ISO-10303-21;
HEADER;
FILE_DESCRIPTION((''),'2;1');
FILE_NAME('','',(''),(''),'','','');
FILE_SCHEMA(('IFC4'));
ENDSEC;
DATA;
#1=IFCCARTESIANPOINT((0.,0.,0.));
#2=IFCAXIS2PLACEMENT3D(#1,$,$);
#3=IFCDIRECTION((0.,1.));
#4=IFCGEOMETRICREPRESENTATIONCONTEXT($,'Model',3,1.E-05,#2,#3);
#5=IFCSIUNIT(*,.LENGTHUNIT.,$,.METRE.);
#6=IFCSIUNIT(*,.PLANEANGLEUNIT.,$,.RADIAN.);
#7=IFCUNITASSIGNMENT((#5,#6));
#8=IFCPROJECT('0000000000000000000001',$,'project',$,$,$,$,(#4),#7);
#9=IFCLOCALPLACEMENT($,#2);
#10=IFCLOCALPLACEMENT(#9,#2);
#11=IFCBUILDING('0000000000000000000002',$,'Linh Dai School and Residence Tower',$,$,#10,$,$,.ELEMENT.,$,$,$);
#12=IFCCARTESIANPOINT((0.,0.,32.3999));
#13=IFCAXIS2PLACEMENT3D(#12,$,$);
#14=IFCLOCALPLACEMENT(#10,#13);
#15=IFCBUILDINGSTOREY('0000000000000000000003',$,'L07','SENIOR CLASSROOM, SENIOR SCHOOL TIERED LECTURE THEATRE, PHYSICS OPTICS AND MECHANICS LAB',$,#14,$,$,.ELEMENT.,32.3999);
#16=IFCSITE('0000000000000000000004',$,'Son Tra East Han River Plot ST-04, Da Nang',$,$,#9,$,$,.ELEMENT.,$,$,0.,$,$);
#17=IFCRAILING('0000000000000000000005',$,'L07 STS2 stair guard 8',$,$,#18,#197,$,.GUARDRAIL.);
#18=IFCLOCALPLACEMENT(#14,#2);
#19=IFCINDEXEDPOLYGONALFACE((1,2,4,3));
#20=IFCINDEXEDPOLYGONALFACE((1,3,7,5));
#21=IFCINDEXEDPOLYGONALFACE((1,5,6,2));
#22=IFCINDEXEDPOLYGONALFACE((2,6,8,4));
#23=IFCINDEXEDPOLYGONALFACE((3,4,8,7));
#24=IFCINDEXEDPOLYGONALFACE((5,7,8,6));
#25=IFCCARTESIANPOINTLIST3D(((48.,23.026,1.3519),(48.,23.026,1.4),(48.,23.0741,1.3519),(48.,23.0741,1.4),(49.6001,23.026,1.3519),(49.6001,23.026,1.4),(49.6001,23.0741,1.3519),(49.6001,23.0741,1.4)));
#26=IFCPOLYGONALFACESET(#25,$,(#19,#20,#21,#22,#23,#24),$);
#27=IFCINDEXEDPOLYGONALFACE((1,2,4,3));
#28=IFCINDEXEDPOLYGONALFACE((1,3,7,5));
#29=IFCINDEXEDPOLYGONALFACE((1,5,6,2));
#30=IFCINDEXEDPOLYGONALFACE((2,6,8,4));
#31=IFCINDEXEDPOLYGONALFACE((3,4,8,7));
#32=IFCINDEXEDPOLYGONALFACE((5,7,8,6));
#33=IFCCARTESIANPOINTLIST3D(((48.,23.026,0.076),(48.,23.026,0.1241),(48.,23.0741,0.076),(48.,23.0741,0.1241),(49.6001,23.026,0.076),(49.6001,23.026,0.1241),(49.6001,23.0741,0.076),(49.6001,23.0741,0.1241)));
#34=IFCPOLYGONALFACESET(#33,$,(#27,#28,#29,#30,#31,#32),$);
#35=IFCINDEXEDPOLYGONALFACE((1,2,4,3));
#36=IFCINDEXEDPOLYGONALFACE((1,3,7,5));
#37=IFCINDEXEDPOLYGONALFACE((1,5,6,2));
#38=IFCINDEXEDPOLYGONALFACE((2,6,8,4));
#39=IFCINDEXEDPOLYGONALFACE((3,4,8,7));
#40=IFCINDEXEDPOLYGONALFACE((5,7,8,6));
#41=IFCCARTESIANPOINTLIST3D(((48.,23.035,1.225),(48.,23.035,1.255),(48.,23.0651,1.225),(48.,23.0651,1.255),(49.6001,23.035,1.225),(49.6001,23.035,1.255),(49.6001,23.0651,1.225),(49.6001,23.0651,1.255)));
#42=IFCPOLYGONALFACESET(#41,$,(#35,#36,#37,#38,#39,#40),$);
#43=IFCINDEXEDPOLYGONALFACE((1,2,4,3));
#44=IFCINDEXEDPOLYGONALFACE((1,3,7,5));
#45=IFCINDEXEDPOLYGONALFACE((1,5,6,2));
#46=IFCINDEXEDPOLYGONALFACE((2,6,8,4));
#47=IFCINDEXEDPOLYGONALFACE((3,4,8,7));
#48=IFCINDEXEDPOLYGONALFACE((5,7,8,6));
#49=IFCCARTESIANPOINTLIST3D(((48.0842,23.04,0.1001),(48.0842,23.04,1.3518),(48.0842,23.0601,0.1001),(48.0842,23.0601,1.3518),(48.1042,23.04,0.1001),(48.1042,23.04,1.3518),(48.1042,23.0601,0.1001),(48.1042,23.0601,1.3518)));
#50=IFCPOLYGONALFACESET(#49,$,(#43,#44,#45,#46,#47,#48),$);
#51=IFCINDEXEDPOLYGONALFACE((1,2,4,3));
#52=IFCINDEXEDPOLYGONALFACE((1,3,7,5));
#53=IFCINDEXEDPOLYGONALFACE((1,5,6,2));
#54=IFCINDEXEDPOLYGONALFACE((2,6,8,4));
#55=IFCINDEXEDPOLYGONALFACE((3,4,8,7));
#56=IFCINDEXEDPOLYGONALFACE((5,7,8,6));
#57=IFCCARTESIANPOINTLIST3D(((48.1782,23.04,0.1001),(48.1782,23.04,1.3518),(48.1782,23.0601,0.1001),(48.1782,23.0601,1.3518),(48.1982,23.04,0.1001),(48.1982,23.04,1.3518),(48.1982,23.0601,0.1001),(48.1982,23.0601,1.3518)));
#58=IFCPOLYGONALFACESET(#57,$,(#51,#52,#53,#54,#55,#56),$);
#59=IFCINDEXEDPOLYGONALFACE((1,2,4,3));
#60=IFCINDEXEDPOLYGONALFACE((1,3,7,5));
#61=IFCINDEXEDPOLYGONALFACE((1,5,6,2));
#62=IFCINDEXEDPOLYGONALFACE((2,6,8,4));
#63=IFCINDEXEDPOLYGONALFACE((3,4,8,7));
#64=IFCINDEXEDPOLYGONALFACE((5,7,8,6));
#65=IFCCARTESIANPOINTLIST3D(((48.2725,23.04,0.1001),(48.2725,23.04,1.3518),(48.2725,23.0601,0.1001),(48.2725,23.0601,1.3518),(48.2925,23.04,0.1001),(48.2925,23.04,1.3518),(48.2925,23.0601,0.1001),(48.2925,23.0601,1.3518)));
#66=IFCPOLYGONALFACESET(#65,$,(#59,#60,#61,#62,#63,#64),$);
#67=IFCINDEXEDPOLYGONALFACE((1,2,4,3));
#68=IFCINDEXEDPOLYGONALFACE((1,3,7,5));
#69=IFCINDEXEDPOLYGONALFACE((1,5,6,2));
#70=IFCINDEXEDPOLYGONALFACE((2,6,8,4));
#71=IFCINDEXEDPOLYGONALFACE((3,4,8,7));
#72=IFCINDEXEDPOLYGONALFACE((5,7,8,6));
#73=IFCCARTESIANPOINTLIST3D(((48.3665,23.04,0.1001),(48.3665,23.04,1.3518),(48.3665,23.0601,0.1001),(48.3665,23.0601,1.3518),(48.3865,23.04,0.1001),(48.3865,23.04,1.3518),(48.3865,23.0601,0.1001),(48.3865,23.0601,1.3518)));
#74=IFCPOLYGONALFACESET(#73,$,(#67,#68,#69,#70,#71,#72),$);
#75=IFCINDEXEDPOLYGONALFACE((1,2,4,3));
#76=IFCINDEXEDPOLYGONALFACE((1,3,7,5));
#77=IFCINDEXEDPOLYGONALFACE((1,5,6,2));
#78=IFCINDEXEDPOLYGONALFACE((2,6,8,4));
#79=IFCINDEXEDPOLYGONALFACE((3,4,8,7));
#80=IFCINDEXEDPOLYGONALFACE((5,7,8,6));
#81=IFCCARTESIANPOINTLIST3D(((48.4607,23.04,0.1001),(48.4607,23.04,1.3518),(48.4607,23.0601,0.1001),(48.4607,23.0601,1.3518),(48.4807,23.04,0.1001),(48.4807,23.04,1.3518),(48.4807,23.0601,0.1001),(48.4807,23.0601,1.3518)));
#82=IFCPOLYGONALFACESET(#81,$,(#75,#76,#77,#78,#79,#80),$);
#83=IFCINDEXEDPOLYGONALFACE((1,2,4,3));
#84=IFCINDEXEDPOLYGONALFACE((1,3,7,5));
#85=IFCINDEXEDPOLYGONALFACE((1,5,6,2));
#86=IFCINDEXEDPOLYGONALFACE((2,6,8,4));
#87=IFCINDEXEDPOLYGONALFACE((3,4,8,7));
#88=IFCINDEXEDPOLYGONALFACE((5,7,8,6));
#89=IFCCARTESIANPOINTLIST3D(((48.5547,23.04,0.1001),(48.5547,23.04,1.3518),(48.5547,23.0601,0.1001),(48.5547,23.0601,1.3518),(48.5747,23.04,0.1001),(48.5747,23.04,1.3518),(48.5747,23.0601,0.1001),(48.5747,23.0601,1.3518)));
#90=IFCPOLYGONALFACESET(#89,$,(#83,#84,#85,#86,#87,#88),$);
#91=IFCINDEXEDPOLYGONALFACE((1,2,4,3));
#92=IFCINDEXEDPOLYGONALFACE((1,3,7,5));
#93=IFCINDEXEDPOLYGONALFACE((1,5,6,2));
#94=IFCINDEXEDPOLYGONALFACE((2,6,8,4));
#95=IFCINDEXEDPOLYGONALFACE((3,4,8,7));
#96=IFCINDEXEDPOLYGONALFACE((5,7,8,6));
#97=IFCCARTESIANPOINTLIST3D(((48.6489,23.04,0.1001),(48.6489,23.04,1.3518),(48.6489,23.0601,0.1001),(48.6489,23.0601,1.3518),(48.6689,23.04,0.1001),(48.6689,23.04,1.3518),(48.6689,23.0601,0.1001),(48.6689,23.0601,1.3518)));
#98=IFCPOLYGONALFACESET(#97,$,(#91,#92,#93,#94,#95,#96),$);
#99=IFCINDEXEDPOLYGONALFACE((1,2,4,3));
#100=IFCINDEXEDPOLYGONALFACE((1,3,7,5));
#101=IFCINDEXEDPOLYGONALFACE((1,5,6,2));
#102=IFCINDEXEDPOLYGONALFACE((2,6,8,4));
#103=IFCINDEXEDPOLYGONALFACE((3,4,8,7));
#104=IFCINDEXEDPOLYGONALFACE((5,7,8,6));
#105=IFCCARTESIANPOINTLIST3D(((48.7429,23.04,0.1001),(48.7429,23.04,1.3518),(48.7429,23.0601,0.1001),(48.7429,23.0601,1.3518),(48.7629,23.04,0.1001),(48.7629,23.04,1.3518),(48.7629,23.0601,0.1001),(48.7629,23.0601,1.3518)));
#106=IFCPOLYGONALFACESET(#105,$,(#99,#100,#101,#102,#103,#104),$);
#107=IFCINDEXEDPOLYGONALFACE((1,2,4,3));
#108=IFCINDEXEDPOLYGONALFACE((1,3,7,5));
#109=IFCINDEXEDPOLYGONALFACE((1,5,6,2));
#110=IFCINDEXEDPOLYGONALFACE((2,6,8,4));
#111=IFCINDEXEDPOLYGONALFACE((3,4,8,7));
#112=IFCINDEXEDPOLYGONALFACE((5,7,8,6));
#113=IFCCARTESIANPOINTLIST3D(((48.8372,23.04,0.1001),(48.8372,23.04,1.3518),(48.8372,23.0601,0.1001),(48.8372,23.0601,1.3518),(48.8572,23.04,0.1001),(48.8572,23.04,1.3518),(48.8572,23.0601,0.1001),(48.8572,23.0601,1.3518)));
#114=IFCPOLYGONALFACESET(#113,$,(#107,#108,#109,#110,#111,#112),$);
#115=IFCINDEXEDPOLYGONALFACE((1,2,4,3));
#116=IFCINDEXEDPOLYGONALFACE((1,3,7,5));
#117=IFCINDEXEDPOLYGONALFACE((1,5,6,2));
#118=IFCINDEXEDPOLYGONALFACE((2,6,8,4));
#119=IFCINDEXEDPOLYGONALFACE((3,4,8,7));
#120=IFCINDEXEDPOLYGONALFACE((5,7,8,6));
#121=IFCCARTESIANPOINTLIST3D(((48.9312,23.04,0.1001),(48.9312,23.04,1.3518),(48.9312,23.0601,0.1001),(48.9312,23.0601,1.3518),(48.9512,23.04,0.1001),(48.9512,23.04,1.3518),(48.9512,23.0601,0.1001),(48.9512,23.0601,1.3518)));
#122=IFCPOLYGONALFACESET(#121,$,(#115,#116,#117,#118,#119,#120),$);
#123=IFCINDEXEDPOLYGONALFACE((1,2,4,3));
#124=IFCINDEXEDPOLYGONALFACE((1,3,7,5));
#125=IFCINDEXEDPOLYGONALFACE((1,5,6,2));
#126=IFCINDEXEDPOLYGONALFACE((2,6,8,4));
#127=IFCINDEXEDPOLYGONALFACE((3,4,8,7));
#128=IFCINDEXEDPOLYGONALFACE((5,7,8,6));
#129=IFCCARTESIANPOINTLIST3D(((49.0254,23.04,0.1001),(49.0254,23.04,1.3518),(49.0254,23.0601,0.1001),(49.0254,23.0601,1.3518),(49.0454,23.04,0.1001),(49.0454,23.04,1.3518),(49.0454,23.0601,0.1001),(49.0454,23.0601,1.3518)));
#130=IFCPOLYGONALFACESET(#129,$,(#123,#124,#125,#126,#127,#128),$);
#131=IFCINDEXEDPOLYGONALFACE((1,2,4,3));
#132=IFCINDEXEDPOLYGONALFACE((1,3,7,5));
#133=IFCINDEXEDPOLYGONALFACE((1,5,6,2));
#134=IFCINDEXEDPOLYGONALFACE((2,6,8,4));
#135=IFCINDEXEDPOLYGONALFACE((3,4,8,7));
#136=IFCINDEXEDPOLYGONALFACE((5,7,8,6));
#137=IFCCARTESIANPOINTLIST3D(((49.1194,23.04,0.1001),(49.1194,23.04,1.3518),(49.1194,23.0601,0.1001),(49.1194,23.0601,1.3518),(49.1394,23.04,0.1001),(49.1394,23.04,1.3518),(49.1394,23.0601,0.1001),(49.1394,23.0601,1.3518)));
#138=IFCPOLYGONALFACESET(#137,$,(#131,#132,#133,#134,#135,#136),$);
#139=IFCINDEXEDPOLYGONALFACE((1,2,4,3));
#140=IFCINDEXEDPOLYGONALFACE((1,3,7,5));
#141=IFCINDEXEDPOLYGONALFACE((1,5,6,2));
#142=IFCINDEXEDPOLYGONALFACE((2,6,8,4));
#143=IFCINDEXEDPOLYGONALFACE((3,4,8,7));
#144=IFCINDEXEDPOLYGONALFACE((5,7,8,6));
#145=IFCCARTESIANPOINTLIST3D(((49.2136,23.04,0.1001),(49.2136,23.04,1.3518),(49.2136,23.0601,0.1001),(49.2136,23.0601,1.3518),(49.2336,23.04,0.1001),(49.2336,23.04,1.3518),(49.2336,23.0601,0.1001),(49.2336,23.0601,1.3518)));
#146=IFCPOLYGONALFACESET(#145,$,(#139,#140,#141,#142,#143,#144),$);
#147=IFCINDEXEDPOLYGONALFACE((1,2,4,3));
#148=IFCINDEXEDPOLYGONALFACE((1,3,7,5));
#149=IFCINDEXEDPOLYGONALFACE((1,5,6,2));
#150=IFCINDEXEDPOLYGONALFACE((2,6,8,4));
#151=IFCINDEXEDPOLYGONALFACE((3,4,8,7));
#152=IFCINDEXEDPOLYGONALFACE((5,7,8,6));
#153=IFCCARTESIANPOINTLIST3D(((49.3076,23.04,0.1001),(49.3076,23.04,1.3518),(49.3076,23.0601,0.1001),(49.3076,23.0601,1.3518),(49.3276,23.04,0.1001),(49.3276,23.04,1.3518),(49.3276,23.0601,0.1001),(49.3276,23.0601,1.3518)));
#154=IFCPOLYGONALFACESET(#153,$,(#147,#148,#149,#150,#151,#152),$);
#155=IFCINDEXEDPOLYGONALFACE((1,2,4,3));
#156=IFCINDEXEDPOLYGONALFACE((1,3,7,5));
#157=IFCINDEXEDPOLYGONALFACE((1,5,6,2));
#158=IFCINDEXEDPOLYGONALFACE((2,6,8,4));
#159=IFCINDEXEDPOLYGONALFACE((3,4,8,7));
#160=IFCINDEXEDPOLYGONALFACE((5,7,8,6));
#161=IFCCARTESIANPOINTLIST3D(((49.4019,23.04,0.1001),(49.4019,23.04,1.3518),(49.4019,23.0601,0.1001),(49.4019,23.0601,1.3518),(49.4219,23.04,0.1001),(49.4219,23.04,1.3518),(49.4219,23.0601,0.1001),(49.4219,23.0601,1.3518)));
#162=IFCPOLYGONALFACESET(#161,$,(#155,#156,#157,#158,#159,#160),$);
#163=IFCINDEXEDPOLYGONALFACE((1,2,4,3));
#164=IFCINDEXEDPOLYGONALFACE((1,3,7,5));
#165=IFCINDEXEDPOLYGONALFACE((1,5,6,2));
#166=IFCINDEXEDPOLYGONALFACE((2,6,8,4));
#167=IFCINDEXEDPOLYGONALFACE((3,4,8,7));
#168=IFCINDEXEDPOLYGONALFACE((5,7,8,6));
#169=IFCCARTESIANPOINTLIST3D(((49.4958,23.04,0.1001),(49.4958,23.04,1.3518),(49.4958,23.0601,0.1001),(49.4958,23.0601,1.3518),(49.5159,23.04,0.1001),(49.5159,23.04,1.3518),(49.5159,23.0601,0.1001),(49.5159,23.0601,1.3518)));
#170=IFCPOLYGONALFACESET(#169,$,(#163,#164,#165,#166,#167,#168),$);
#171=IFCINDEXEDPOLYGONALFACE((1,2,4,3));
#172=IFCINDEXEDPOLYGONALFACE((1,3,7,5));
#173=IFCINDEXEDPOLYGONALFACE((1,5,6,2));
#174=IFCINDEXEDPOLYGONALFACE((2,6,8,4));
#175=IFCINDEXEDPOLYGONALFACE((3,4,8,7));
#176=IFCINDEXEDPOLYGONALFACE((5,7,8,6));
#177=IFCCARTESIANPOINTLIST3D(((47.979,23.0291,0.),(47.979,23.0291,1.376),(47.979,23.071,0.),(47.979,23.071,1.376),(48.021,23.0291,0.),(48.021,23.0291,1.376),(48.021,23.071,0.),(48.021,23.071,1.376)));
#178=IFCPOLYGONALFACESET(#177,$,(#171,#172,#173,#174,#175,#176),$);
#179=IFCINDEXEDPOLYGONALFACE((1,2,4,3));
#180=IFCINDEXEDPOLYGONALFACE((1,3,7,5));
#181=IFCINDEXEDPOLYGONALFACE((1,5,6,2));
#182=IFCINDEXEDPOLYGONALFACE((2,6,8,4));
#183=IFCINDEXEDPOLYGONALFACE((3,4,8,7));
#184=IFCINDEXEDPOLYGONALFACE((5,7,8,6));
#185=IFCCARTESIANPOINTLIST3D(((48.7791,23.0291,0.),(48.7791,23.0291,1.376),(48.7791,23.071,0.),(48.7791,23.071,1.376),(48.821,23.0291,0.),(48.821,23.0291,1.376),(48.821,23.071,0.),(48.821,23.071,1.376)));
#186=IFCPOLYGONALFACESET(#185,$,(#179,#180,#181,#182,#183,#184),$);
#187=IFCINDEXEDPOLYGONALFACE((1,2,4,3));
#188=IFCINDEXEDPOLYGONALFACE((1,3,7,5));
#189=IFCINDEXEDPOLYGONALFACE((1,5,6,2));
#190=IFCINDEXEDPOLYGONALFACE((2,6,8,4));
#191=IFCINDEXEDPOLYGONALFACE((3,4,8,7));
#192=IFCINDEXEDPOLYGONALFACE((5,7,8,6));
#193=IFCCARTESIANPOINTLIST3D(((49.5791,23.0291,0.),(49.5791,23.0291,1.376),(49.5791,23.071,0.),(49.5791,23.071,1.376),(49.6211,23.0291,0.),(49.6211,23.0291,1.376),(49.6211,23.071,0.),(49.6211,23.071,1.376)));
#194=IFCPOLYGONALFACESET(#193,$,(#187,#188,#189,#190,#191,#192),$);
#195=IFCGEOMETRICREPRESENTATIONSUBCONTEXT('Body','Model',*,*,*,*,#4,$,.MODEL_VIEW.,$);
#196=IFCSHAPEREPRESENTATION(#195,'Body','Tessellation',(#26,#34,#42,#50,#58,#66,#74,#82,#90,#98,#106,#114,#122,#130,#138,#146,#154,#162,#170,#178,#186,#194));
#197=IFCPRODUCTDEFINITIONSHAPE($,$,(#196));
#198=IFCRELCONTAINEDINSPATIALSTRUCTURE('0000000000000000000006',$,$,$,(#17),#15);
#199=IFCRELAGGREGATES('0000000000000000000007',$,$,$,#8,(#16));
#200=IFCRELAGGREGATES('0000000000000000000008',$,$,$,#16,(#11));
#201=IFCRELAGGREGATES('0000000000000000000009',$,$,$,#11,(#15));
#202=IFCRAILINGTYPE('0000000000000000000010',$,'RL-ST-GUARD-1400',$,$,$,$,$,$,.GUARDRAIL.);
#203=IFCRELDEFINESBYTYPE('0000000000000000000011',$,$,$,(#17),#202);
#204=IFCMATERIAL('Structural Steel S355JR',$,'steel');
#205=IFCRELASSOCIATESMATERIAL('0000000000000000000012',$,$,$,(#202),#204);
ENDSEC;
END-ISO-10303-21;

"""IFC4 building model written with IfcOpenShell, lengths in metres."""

from ifc_helpers import new_model, si_unit, direction, frame, origin, origin_2d, place, context, subcontext, project, spatial, rectangle, extrude, source, transform, mapped, material, type_object, element, save


model = new_model("IFC4")

# Units and contexts
model_context = context("Model", 3, precision=1e-05, world=origin(), true_north=direction((0.0, 1.0)))
body_context = subcontext(model_context, "Body", "Model", "MODEL_VIEW")
ifc_project = project(units=[si_unit("LENGTHUNIT", "METRE"), si_unit("PLANEANGLEUNIT", "RADIAN")], contexts=[model_context])

# Site, building, storey
site_placement = place(None, origin())
site = spatial("IfcSite", under=ifc_project, at=site_placement, Name="Son Tra East Han River Plot ST-04, Da Nang", CompositionType="ELEMENT", RefElevation=0.0)
building_placement = place(site_placement, origin())
building = spatial("IfcBuilding", under=site, at=building_placement, Name="Linh Dai School and Residence Tower", CompositionType="ELEMENT")
storey_placement = place(building_placement, frame((0.0, 0.0, 32.3999)))
storey = spatial("IfcBuildingStorey", under=building, at=storey_placement, Name="L07", Description="SENIOR CLASSROOM, SENIOR SCHOOL TIERED LECTURE THEATRE, PHYSICS OPTICS AND MECHANICS LAB", CompositionType="ELEMENT", Elevation=32.3999)

# Shared definitions
ifc_material_1 = material(Name="Structural Steel S355JR", Category="steel")

# Railing
railing_type_1 = type_object("IfcRailingType", Name="RL-ST-GUARD-1400", PredefinedType="GUARDRAIL", material=ifc_material_1)
shared_shape_1 = source(origin(), body_context, "Body", "SweptSolid", [
    extrude(rectangle(XDim=0.0481, YDim=0.0481, at=origin_2d()), frame((0.0, 0.0, 1.376), z_axis=(1.0, 0.0, 0.0), x_axis=(0.0, 1.0, 0.0)), (0.0, 0.0, 1.0), 1.6001),
    extrude(rectangle(XDim=0.0481, YDim=0.0481, at=origin_2d()), frame((0.0, 0.0, 0.1001), z_axis=(1.0, 0.0, 0.0), x_axis=(0.0, 1.0, 0.0)), (0.0, 0.0, 1.0), 1.6001),
    extrude(rectangle(XDim=0.03, YDim=0.03, at=origin_2d()), frame((0.0, 0.0, 1.24), z_axis=(1.0, 0.0, 0.0), x_axis=(0.0, 1.0, 0.0)), (0.0, 0.0, 1.0), 1.6001),
    extrude(rectangle(XDim=0.02, YDim=0.02, at=origin_2d()), frame((0.0942, 0.0, 0.1001)), (0.0, 0.0, 1.0), 1.2517),
    extrude(rectangle(XDim=0.02, YDim=0.02, at=origin_2d()), frame((0.1882, 0.0, 0.1001)), (0.0, 0.0, 1.0), 1.2517),
    extrude(rectangle(XDim=0.02, YDim=0.02, at=origin_2d()), frame((0.2825, 0.0, 0.1001)), (0.0, 0.0, 1.0), 1.2517),
    extrude(rectangle(XDim=0.02, YDim=0.02, at=origin_2d()), frame((0.3765, 0.0, 0.1001)), (0.0, 0.0, 1.0), 1.2517),
    extrude(rectangle(XDim=0.02, YDim=0.02, at=origin_2d()), frame((0.4707, 0.0, 0.1001)), (0.0, 0.0, 1.0), 1.2517),
    extrude(rectangle(XDim=0.02, YDim=0.02, at=origin_2d()), frame((0.5647, 0.0, 0.1001)), (0.0, 0.0, 1.0), 1.2517),
    extrude(rectangle(XDim=0.02, YDim=0.02, at=origin_2d()), frame((0.6589, 0.0, 0.1001)), (0.0, 0.0, 1.0), 1.2517),
    extrude(rectangle(XDim=0.02, YDim=0.02, at=origin_2d()), frame((0.7529, 0.0, 0.1001)), (0.0, 0.0, 1.0), 1.2517),
    extrude(rectangle(XDim=0.02, YDim=0.02, at=origin_2d()), frame((0.8472, 0.0, 0.1001)), (0.0, 0.0, 1.0), 1.2517),
    extrude(rectangle(XDim=0.02, YDim=0.02, at=origin_2d()), frame((0.9412, 0.0, 0.1001)), (0.0, 0.0, 1.0), 1.2517),
    extrude(rectangle(XDim=0.02, YDim=0.02, at=origin_2d()), frame((1.0354, 0.0, 0.1001)), (0.0, 0.0, 1.0), 1.2517),
    extrude(rectangle(XDim=0.02, YDim=0.02, at=origin_2d()), frame((1.1294, 0.0, 0.1001)), (0.0, 0.0, 1.0), 1.2517),
    extrude(rectangle(XDim=0.02, YDim=0.02, at=origin_2d()), frame((1.2236, 0.0, 0.1001)), (0.0, 0.0, 1.0), 1.2517),
    extrude(rectangle(XDim=0.02, YDim=0.02, at=origin_2d()), frame((1.3176, 0.0, 0.1001)), (0.0, 0.0, 1.0), 1.2517),
    extrude(rectangle(XDim=0.02, YDim=0.02, at=origin_2d()), frame((1.4119, 0.0, 0.1001)), (0.0, 0.0, 1.0), 1.2517),
    extrude(rectangle(XDim=0.02, YDim=0.02, at=origin_2d()), frame((1.5059, 0.0, 0.1001)), (0.0, 0.0, 1.0), 1.2517),
    extrude(rectangle(XDim=0.042, YDim=0.042, at=origin_2d()), origin(), (0.0, 0.0, 1.0), 1.376),
    extrude(rectangle(XDim=0.042, YDim=0.042, at=origin_2d()), frame((0.8, 0.0, 0.0)), (0.0, 0.0, 1.0), 1.376),
    extrude(rectangle(XDim=0.042, YDim=0.042, at=origin_2d()), frame((1.6001, 0.0, 0.0)), (0.0, 0.0, 1.0), 1.376),
])
railing_1_placement = place(storey_placement, frame((48.0, 23.05, 0.0)))
element("IfcRailing", 1, at=railing_1_placement, inside=storey, type_object=railing_type_1, Name="L07 STS2 stair guard 8", PredefinedType="GUARDRAIL", context=body_context, shape_type="MappedRepresentation", body=[
    mapped(shared_shape_1, transform((0.0, 0.0, 0.0), x_axis=(1.0, 0.0, 0.0), y_axis=(0.0, 1.0, 0.0), z_axis=(0.0, 0.0, 1.0), scale=1.0)),
])

save(model, "model.ifc")
